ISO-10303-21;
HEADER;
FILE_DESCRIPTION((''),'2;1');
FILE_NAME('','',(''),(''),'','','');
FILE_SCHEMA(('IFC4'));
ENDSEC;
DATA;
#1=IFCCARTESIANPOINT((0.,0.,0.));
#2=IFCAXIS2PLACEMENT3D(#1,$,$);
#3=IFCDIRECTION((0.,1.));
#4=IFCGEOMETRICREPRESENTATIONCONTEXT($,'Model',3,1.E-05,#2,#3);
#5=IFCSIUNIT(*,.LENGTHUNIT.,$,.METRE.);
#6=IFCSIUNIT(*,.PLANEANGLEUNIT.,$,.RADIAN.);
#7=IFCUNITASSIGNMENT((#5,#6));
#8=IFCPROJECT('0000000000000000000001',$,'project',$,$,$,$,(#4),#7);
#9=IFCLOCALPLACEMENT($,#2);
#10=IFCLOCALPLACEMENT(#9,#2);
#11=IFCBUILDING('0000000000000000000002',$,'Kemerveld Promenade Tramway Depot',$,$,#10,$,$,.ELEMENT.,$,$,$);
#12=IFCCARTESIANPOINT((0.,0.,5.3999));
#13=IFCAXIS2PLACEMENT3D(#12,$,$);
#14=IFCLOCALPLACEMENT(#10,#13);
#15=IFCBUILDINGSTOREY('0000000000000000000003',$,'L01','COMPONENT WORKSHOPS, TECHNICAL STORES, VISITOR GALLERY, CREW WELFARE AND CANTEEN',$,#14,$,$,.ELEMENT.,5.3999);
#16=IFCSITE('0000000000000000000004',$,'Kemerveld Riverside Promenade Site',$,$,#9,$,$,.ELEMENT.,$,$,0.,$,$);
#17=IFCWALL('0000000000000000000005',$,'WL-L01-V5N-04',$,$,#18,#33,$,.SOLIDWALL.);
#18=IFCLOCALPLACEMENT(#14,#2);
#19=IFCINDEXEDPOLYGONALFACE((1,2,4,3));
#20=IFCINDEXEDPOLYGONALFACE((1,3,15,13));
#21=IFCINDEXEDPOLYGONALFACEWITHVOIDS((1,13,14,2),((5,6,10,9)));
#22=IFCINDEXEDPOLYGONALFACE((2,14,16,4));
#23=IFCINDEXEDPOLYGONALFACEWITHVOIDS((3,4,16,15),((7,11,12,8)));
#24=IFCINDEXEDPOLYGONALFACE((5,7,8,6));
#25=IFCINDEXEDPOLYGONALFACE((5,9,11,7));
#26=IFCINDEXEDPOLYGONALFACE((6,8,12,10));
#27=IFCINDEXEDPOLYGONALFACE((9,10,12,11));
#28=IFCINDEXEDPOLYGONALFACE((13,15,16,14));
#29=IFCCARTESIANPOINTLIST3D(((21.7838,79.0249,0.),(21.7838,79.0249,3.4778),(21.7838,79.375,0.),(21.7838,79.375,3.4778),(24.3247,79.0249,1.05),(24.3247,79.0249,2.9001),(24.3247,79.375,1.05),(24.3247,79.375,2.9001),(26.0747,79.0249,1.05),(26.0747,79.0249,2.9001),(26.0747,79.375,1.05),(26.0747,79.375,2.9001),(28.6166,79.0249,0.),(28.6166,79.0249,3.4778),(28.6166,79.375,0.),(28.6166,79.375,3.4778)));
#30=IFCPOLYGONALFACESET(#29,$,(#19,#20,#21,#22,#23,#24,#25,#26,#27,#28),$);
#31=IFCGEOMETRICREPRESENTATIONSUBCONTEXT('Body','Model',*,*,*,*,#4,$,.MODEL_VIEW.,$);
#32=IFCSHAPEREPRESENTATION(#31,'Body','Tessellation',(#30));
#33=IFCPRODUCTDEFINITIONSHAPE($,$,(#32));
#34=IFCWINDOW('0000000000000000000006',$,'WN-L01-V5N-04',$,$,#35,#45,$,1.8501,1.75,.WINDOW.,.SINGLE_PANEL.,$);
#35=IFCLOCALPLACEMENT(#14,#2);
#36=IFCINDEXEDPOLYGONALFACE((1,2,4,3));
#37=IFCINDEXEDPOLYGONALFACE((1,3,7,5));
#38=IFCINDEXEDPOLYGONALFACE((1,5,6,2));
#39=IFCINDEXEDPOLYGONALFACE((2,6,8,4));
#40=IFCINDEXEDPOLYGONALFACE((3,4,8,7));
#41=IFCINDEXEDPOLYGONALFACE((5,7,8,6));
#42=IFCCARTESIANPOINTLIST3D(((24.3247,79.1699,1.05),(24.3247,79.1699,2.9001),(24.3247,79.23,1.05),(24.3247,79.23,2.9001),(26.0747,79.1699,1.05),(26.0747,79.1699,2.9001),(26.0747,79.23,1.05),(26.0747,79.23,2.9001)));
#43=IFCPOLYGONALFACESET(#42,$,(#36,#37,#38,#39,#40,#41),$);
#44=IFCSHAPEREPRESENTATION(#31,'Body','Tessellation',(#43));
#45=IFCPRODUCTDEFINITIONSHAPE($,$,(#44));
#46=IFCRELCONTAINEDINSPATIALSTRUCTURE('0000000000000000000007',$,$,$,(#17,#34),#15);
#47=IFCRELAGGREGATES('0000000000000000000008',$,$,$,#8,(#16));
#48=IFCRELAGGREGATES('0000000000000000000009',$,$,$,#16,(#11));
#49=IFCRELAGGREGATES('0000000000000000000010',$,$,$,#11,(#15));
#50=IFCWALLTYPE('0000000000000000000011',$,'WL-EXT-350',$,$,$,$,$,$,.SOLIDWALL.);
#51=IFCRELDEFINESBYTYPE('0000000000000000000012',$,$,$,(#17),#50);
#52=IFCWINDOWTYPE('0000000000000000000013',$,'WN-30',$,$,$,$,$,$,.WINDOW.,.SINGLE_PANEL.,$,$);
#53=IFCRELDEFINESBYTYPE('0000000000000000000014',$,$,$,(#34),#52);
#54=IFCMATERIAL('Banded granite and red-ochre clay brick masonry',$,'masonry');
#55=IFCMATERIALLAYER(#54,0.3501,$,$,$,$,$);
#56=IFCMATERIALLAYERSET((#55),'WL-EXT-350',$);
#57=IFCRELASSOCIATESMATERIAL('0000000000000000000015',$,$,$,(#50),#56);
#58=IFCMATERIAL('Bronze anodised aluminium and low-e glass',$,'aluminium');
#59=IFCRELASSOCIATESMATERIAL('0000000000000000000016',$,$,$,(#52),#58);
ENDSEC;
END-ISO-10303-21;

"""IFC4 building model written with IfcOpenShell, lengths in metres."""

from ifc_helpers import new_model, si_unit, direction, frame, frame_2d, origin, place, context, subcontext, project, spatial, rectangle, extrude, material, layer, layer_set, type_object, element, fill, save


model = new_model("IFC4")

# Units and contexts
model_context = context("Model", 3, precision=1e-05, world=origin(), true_north=direction((0.0, 1.0)))
body_context = subcontext(model_context, "Body", "Model", "MODEL_VIEW")
ifc_project = project(units=[si_unit("LENGTHUNIT", "METRE"), si_unit("PLANEANGLEUNIT", "RADIAN")], contexts=[model_context])

# Site, building, storey
site_placement = place(None, origin())
site = spatial("IfcSite", under=ifc_project, at=site_placement, Name="Kemerveld Riverside Promenade Site", CompositionType="ELEMENT", RefElevation=0.0)
building_placement = place(site_placement, origin())
building = spatial("IfcBuilding", under=site, at=building_placement, Name="Kemerveld Promenade Tramway Depot", CompositionType="ELEMENT")
storey_placement = place(building_placement, frame((0.0, 0.0, 5.3999)))
storey = spatial("IfcBuildingStorey", under=building, at=storey_placement, Name="L01", Description="COMPONENT WORKSHOPS, TECHNICAL STORES, VISITOR GALLERY, CREW WELFARE AND CANTEEN", CompositionType="ELEMENT", Elevation=5.3999)

# Wall, opening, window
ifc_material_1 = material(Name="Banded granite and red-ochre clay brick masonry", Category="masonry")
ifc_layer_1 = layer(ifc_material_1, 0.3501)
ifc_layer_set_1 = layer_set([ifc_layer_1], Name="WL-EXT-350")
wall_type = type_object("IfcWallType", Name="WL-EXT-350", PredefinedType="SOLIDWALL", material=ifc_layer_set_1)
wall_placement = place(storey_placement, frame((21.7837, 79.2, 0.0), z_axis=(0.0, 0.0, 1.0), x_axis=(1.0, 0.0, 0.0)))
wall = element("IfcWall", 1, at=wall_placement, inside=storey, type_object=wall_type, Name="WL-L01-V5N-04", PredefinedType="SOLIDWALL", context=body_context, shape_type="SweptSolid", body=[
    extrude(rectangle(XDim=6.8328, YDim=0.3501, at=frame_2d((3.4165, 0.0))), origin(), (0.0, 0.0, 1.0), 3.4778),
])
opening_placement = place(wall_placement, frame((2.541, 0.0, 1.05)))
opening = element("IfcOpeningElement", 2, at=opening_placement, cuts=wall, PredefinedType="OPENING", context=body_context, shape_type="SweptSolid", body=[
    extrude(rectangle(XDim=1.75, YDim=1.8501, at=frame_2d((0.875, 0.925))), frame((0.0, 0.1851, 0.0), z_axis=(0.0, -1.0, 0.0), x_axis=(1.0, 0.0, 0.0)), (0.0, 0.0, 1.0), 0.3701),
])
ifc_material_2 = material(Name="Bronze anodised aluminium and low-e glass", Category="aluminium")
window_type = type_object("IfcWindowType", Name="WN-30", PartitioningType="SINGLE_PANEL", PredefinedType="WINDOW", material=ifc_material_2)
window_placement = place(opening_placement, origin())
window = element("IfcWindow", 3, at=window_placement, inside=storey, type_object=window_type, Name="WN-L01-V5N-04", OverallHeight=1.8501, OverallWidth=1.75, PartitioningType="SINGLE_PANEL", PredefinedType="WINDOW", context=body_context, shape_type="SweptSolid", body=[
    extrude(rectangle(XDim=1.75, YDim=1.8501, at=frame_2d((0.875, 0.925))), frame((0.0, 0.03, 0.0), z_axis=(0.0, -1.0, 0.0), x_axis=(1.0, 0.0, 0.0)), (0.0, 0.0, 1.0), 0.0601),
])
fill(opening, window)

save(model, "model.ifc")
